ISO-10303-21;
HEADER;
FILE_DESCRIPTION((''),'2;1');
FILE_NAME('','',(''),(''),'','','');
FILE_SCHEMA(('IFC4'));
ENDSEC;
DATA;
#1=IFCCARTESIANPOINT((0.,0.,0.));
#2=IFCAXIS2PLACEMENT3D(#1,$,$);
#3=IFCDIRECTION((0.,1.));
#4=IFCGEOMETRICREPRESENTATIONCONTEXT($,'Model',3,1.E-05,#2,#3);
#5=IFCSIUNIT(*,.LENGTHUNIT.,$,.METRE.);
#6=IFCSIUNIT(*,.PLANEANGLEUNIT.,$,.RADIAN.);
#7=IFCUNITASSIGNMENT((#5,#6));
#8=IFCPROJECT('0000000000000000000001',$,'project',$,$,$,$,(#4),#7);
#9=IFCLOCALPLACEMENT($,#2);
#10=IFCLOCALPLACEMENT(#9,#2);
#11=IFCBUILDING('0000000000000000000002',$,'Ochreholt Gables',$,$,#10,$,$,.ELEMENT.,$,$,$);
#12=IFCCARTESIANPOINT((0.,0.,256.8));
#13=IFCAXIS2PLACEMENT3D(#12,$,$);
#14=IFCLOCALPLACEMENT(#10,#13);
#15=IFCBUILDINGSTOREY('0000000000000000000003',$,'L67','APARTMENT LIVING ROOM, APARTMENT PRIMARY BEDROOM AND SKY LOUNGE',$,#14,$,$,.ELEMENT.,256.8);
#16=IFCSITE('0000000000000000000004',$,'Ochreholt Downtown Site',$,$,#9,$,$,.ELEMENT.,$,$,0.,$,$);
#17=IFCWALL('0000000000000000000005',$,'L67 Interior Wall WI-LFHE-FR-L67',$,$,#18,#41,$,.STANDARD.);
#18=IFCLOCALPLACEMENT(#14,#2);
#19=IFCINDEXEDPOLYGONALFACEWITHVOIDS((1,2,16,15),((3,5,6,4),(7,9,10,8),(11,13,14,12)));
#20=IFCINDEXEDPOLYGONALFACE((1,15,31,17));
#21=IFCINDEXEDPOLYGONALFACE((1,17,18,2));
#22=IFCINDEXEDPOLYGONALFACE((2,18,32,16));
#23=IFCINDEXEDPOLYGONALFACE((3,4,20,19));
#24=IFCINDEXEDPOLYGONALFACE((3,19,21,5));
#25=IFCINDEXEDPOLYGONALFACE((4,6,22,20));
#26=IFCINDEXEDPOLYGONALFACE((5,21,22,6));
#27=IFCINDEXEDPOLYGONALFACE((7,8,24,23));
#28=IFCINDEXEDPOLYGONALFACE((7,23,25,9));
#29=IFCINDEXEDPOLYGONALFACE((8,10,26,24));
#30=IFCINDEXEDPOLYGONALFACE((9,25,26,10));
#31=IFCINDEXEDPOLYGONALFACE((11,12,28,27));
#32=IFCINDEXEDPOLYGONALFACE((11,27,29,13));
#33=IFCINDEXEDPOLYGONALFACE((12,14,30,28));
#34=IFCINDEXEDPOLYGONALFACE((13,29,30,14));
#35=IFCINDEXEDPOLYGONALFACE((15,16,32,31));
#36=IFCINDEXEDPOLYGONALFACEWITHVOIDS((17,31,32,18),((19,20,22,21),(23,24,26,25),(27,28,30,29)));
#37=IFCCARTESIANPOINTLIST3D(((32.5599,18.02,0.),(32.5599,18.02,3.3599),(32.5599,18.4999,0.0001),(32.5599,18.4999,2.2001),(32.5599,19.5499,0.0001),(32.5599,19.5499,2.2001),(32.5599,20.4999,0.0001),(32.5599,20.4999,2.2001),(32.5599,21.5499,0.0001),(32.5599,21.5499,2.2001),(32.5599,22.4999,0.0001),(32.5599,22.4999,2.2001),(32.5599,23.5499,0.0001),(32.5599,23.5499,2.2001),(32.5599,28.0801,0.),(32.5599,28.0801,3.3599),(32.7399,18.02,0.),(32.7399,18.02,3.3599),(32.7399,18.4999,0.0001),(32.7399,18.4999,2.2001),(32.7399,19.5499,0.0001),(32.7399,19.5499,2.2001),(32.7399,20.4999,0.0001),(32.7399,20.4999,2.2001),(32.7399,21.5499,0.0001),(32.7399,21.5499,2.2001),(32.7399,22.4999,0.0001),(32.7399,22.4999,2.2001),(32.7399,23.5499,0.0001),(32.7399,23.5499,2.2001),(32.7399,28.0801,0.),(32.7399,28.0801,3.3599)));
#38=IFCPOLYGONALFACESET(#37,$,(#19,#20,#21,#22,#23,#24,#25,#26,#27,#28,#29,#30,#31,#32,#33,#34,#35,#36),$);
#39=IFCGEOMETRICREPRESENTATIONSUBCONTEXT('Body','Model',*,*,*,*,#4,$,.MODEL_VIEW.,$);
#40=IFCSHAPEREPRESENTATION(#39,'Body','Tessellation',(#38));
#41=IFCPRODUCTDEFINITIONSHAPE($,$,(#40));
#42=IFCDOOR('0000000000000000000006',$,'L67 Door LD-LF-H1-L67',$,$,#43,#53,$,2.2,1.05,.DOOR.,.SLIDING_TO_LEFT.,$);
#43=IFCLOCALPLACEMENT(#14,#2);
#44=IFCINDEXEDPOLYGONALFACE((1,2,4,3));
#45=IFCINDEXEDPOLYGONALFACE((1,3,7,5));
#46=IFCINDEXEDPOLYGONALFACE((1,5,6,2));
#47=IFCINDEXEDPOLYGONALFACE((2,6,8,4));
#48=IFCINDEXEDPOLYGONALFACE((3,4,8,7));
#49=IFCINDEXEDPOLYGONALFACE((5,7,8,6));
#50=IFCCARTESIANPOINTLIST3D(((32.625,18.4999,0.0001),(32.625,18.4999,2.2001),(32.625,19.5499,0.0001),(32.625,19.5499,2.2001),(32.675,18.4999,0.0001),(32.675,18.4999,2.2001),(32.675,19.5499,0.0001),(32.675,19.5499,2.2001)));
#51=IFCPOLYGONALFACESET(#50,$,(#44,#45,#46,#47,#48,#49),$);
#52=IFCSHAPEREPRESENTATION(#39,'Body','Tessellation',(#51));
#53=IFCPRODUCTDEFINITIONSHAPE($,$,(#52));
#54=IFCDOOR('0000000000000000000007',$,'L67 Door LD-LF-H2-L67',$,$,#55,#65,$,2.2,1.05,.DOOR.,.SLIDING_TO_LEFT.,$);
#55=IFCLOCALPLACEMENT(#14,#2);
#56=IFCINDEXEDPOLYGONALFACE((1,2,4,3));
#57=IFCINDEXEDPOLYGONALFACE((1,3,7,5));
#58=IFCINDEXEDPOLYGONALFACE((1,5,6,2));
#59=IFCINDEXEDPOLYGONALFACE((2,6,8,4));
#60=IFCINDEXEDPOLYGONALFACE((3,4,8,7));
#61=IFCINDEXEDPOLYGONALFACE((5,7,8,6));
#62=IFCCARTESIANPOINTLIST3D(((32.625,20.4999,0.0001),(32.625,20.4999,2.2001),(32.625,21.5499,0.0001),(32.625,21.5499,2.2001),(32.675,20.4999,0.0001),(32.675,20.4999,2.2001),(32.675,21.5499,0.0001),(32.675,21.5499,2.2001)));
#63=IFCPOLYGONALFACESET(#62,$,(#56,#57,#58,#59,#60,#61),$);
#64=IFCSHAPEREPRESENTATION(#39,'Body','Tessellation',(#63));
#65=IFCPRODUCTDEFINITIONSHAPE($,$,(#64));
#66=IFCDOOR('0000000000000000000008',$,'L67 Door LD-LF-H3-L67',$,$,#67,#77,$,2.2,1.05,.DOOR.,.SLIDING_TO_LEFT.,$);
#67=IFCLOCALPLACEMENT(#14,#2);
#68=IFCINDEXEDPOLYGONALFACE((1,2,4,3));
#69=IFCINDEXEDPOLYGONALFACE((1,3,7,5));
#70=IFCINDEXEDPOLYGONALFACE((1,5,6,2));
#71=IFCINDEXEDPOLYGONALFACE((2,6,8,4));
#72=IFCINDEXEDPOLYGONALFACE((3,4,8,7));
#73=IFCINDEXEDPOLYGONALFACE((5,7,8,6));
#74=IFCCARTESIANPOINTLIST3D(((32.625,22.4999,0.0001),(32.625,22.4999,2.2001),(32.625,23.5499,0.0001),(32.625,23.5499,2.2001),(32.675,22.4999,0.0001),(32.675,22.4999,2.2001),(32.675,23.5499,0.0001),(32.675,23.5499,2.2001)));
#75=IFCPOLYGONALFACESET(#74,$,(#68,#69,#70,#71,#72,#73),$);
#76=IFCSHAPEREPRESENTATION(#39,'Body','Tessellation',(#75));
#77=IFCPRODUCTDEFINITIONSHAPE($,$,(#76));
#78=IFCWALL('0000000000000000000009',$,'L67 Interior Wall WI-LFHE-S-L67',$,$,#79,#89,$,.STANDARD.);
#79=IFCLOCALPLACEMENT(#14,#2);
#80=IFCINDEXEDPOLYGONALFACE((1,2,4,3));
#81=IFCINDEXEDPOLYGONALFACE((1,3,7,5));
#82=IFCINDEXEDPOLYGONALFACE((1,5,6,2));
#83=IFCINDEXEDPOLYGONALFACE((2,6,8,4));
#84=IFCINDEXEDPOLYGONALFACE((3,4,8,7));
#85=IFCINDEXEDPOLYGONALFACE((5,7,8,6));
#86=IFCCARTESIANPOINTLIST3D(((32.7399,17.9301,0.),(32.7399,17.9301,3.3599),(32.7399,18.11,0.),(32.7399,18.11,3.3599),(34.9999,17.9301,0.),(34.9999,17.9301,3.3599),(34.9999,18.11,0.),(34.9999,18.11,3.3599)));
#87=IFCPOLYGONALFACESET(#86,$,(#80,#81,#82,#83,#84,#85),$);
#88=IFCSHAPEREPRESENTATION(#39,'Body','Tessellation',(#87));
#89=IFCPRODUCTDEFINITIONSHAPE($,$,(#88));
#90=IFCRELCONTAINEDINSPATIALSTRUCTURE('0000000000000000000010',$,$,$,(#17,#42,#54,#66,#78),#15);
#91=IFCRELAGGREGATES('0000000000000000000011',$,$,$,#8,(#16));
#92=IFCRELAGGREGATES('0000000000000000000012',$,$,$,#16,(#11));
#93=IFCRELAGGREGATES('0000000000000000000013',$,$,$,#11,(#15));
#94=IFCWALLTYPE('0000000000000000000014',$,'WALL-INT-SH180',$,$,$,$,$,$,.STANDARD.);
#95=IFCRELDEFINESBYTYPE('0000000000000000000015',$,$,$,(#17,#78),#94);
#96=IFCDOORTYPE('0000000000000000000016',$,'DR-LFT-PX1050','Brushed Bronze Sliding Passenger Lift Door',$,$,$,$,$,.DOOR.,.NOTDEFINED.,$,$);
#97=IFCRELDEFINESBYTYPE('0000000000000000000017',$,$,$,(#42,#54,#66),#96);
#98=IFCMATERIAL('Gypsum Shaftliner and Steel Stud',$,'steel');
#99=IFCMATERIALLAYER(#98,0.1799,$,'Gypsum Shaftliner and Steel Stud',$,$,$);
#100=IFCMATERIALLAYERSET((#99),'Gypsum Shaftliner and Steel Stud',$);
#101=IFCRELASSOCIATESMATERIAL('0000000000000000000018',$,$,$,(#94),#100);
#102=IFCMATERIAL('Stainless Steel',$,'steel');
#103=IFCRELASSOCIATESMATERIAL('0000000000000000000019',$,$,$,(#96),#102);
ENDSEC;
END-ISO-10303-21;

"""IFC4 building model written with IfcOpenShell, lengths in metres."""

from ifc_helpers import new_model, si_unit, direction, frame, frame_2d, origin, place, context, subcontext, project, spatial, rectangle, extrude, material, layer, layer_set, type_object, element, fill, save


model = new_model("IFC4")

# Units and contexts
model_context = context("Model", 3, precision=1e-05, world=origin(), true_north=direction((0.0, 1.0)))
body_context = subcontext(model_context, "Body", "Model", "MODEL_VIEW")
ifc_project = project(units=[si_unit("LENGTHUNIT", "METRE"), si_unit("PLANEANGLEUNIT", "RADIAN")], contexts=[model_context])

# Site, building, storey
site_placement = place(None, origin())
site = spatial("IfcSite", under=ifc_project, at=site_placement, Name="Ochreholt Downtown Site", CompositionType="ELEMENT", RefElevation=0.0)
building_placement = place(site_placement, origin())
building = spatial("IfcBuilding", under=site, at=building_placement, Name="Ochreholt Gables", CompositionType="ELEMENT")
storey_placement = place(building_placement, frame((0.0, 0.0, 256.8)))
storey = spatial("IfcBuildingStorey", under=building, at=storey_placement, Name="L67", Description="APARTMENT LIVING ROOM, APARTMENT PRIMARY BEDROOM AND SKY LOUNGE", CompositionType="ELEMENT", Elevation=256.8)

# Shared definitions
ifc_material_1 = material(Name="Gypsum Shaftliner and Steel Stud", Category="steel")

# Wall, openings, doors
ifc_layer_1 = layer(ifc_material_1, 0.1799, Name="Gypsum Shaftliner and Steel Stud")
ifc_layer_set_1 = layer_set([ifc_layer_1], Name="Gypsum Shaftliner and Steel Stud")
wall_type_1 = type_object("IfcWallType", Name="WALL-INT-SH180", PredefinedType="STANDARD", material=ifc_layer_set_1)
wall_1_placement = place(storey_placement, frame((32.6499, 18.02, 0.0), z_axis=(0.0, 0.0, 1.0), x_axis=(0.0, 1.0, 0.0)))
wall_1 = element("IfcWall", 1, at=wall_1_placement, inside=storey, type_object=wall_type_1, Name="L67 Interior Wall WI-LFHE-FR-L67", PredefinedType="STANDARD", context=body_context, shape_type="SweptSolid", body=[
    extrude(rectangle(XDim=10.0601, YDim=0.1799, at=frame_2d((5.03, 0.0))), origin(), (0.0, 0.0, 1.0), 3.3599),
])
opening_1_placement = place(wall_1_placement, frame((0.48, 0.0, 0.0)))
opening_1 = element("IfcOpeningElement", 2, at=opening_1_placement, cuts=wall_1, PredefinedType="OPENING", context=body_context, shape_type="SweptSolid", body=[
    extrude(rectangle(XDim=1.05, YDim=2.2, at=frame_2d((0.5249, 1.1001))), frame((0.0, 0.0999, 0.0), z_axis=(0.0, -1.0, 0.0), x_axis=(1.0, 0.0, 0.0)), (0.0, 0.0, 1.0), 0.2),
])
opening_2_placement = place(wall_1_placement, frame((2.48, 0.0, 0.0)))
opening_2 = element("IfcOpeningElement", 3, at=opening_2_placement, cuts=wall_1, PredefinedType="OPENING", context=body_context, shape_type="SweptSolid", body=[
    extrude(rectangle(XDim=1.05, YDim=2.2, at=frame_2d((0.5249, 1.1001))), frame((0.0, 0.0999, 0.0), z_axis=(0.0, -1.0, 0.0), x_axis=(1.0, 0.0, 0.0)), (0.0, 0.0, 1.0), 0.2),
])
opening_3_placement = place(wall_1_placement, frame((4.48, 0.0, 0.0)))
opening_3 = element("IfcOpeningElement", 4, at=opening_3_placement, cuts=wall_1, PredefinedType="OPENING", context=body_context, shape_type="SweptSolid", body=[
    extrude(rectangle(XDim=1.05, YDim=2.2, at=frame_2d((0.5249, 1.1001))), frame((0.0, 0.0999, 0.0), z_axis=(0.0, -1.0, 0.0), x_axis=(1.0, 0.0, 0.0)), (0.0, 0.0, 1.0), 0.2),
])
ifc_material_2 = material(Name="Stainless Steel", Category="steel")
door_type_1 = type_object("IfcDoorType", Name="DR-LFT-PX1050", Description="Brushed Bronze Sliding Passenger Lift Door", OperationType="NOTDEFINED", PredefinedType="DOOR", material=ifc_material_2)
door_1_placement = place(opening_1_placement, origin())
door_1 = element("IfcDoor", 5, at=door_1_placement, inside=storey, type_object=door_type_1, Name="L67 Door LD-LF-H1-L67", OperationType="SLIDING_TO_LEFT", OverallHeight=2.2, OverallWidth=1.05, PredefinedType="DOOR", context=body_context, shape_type="SweptSolid", body=[
    extrude(rectangle(XDim=1.05, YDim=2.2, at=frame_2d((0.5249, 1.1001))), frame((0.0, 0.0249, 0.0), z_axis=(0.0, -1.0, 0.0), x_axis=(1.0, 0.0, 0.0)), (0.0, 0.0, 1.0), 0.05),
])
fill(opening_1, door_1)
door_2_placement = place(opening_2_placement, origin())
door_2 = element("IfcDoor", 6, at=door_2_placement, inside=storey, type_object=door_type_1, Name="L67 Door LD-LF-H2-L67", OperationType="SLIDING_TO_LEFT", OverallHeight=2.2, OverallWidth=1.05, PredefinedType="DOOR", context=body_context, shape_type="SweptSolid", body=[
    extrude(rectangle(XDim=1.05, YDim=2.2, at=frame_2d((0.5249, 1.1001))), frame((0.0, 0.0249, 0.0), z_axis=(0.0, -1.0, 0.0), x_axis=(1.0, 0.0, 0.0)), (0.0, 0.0, 1.0), 0.05),
])
fill(opening_2, door_2)
door_3_placement = place(opening_3_placement, origin())
door_3 = element("IfcDoor", 7, at=door_3_placement, inside=storey, type_object=door_type_1, Name="L67 Door LD-LF-H3-L67", OperationType="SLIDING_TO_LEFT", OverallHeight=2.2, OverallWidth=1.05, PredefinedType="DOOR", context=body_context, shape_type="SweptSolid", body=[
    extrude(rectangle(XDim=1.05, YDim=2.2, at=frame_2d((0.5249, 1.1001))), frame((0.0, 0.0249, 0.0), z_axis=(0.0, -1.0, 0.0), x_axis=(1.0, 0.0, 0.0)), (0.0, 0.0, 1.0), 0.05),
])
fill(opening_3, door_3)

# Wall
wall_2_placement = place(storey_placement, frame((32.74, 18.02, 0.0), z_axis=(0.0, 0.0, 1.0), x_axis=(1.0, 0.0, 0.0)))
element("IfcWall", 8, at=wall_2_placement, inside=storey, type_object=wall_type_1, Name="L67 Interior Wall WI-LFHE-S-L67", PredefinedType="STANDARD", context=body_context, shape_type="SweptSolid", body=[
    extrude(rectangle(XDim=2.26, YDim=0.1799, at=frame_2d((1.1299, 0.0))), origin(), (0.0, 0.0, 1.0), 3.3599),
])

save(model, "model.ifc")
